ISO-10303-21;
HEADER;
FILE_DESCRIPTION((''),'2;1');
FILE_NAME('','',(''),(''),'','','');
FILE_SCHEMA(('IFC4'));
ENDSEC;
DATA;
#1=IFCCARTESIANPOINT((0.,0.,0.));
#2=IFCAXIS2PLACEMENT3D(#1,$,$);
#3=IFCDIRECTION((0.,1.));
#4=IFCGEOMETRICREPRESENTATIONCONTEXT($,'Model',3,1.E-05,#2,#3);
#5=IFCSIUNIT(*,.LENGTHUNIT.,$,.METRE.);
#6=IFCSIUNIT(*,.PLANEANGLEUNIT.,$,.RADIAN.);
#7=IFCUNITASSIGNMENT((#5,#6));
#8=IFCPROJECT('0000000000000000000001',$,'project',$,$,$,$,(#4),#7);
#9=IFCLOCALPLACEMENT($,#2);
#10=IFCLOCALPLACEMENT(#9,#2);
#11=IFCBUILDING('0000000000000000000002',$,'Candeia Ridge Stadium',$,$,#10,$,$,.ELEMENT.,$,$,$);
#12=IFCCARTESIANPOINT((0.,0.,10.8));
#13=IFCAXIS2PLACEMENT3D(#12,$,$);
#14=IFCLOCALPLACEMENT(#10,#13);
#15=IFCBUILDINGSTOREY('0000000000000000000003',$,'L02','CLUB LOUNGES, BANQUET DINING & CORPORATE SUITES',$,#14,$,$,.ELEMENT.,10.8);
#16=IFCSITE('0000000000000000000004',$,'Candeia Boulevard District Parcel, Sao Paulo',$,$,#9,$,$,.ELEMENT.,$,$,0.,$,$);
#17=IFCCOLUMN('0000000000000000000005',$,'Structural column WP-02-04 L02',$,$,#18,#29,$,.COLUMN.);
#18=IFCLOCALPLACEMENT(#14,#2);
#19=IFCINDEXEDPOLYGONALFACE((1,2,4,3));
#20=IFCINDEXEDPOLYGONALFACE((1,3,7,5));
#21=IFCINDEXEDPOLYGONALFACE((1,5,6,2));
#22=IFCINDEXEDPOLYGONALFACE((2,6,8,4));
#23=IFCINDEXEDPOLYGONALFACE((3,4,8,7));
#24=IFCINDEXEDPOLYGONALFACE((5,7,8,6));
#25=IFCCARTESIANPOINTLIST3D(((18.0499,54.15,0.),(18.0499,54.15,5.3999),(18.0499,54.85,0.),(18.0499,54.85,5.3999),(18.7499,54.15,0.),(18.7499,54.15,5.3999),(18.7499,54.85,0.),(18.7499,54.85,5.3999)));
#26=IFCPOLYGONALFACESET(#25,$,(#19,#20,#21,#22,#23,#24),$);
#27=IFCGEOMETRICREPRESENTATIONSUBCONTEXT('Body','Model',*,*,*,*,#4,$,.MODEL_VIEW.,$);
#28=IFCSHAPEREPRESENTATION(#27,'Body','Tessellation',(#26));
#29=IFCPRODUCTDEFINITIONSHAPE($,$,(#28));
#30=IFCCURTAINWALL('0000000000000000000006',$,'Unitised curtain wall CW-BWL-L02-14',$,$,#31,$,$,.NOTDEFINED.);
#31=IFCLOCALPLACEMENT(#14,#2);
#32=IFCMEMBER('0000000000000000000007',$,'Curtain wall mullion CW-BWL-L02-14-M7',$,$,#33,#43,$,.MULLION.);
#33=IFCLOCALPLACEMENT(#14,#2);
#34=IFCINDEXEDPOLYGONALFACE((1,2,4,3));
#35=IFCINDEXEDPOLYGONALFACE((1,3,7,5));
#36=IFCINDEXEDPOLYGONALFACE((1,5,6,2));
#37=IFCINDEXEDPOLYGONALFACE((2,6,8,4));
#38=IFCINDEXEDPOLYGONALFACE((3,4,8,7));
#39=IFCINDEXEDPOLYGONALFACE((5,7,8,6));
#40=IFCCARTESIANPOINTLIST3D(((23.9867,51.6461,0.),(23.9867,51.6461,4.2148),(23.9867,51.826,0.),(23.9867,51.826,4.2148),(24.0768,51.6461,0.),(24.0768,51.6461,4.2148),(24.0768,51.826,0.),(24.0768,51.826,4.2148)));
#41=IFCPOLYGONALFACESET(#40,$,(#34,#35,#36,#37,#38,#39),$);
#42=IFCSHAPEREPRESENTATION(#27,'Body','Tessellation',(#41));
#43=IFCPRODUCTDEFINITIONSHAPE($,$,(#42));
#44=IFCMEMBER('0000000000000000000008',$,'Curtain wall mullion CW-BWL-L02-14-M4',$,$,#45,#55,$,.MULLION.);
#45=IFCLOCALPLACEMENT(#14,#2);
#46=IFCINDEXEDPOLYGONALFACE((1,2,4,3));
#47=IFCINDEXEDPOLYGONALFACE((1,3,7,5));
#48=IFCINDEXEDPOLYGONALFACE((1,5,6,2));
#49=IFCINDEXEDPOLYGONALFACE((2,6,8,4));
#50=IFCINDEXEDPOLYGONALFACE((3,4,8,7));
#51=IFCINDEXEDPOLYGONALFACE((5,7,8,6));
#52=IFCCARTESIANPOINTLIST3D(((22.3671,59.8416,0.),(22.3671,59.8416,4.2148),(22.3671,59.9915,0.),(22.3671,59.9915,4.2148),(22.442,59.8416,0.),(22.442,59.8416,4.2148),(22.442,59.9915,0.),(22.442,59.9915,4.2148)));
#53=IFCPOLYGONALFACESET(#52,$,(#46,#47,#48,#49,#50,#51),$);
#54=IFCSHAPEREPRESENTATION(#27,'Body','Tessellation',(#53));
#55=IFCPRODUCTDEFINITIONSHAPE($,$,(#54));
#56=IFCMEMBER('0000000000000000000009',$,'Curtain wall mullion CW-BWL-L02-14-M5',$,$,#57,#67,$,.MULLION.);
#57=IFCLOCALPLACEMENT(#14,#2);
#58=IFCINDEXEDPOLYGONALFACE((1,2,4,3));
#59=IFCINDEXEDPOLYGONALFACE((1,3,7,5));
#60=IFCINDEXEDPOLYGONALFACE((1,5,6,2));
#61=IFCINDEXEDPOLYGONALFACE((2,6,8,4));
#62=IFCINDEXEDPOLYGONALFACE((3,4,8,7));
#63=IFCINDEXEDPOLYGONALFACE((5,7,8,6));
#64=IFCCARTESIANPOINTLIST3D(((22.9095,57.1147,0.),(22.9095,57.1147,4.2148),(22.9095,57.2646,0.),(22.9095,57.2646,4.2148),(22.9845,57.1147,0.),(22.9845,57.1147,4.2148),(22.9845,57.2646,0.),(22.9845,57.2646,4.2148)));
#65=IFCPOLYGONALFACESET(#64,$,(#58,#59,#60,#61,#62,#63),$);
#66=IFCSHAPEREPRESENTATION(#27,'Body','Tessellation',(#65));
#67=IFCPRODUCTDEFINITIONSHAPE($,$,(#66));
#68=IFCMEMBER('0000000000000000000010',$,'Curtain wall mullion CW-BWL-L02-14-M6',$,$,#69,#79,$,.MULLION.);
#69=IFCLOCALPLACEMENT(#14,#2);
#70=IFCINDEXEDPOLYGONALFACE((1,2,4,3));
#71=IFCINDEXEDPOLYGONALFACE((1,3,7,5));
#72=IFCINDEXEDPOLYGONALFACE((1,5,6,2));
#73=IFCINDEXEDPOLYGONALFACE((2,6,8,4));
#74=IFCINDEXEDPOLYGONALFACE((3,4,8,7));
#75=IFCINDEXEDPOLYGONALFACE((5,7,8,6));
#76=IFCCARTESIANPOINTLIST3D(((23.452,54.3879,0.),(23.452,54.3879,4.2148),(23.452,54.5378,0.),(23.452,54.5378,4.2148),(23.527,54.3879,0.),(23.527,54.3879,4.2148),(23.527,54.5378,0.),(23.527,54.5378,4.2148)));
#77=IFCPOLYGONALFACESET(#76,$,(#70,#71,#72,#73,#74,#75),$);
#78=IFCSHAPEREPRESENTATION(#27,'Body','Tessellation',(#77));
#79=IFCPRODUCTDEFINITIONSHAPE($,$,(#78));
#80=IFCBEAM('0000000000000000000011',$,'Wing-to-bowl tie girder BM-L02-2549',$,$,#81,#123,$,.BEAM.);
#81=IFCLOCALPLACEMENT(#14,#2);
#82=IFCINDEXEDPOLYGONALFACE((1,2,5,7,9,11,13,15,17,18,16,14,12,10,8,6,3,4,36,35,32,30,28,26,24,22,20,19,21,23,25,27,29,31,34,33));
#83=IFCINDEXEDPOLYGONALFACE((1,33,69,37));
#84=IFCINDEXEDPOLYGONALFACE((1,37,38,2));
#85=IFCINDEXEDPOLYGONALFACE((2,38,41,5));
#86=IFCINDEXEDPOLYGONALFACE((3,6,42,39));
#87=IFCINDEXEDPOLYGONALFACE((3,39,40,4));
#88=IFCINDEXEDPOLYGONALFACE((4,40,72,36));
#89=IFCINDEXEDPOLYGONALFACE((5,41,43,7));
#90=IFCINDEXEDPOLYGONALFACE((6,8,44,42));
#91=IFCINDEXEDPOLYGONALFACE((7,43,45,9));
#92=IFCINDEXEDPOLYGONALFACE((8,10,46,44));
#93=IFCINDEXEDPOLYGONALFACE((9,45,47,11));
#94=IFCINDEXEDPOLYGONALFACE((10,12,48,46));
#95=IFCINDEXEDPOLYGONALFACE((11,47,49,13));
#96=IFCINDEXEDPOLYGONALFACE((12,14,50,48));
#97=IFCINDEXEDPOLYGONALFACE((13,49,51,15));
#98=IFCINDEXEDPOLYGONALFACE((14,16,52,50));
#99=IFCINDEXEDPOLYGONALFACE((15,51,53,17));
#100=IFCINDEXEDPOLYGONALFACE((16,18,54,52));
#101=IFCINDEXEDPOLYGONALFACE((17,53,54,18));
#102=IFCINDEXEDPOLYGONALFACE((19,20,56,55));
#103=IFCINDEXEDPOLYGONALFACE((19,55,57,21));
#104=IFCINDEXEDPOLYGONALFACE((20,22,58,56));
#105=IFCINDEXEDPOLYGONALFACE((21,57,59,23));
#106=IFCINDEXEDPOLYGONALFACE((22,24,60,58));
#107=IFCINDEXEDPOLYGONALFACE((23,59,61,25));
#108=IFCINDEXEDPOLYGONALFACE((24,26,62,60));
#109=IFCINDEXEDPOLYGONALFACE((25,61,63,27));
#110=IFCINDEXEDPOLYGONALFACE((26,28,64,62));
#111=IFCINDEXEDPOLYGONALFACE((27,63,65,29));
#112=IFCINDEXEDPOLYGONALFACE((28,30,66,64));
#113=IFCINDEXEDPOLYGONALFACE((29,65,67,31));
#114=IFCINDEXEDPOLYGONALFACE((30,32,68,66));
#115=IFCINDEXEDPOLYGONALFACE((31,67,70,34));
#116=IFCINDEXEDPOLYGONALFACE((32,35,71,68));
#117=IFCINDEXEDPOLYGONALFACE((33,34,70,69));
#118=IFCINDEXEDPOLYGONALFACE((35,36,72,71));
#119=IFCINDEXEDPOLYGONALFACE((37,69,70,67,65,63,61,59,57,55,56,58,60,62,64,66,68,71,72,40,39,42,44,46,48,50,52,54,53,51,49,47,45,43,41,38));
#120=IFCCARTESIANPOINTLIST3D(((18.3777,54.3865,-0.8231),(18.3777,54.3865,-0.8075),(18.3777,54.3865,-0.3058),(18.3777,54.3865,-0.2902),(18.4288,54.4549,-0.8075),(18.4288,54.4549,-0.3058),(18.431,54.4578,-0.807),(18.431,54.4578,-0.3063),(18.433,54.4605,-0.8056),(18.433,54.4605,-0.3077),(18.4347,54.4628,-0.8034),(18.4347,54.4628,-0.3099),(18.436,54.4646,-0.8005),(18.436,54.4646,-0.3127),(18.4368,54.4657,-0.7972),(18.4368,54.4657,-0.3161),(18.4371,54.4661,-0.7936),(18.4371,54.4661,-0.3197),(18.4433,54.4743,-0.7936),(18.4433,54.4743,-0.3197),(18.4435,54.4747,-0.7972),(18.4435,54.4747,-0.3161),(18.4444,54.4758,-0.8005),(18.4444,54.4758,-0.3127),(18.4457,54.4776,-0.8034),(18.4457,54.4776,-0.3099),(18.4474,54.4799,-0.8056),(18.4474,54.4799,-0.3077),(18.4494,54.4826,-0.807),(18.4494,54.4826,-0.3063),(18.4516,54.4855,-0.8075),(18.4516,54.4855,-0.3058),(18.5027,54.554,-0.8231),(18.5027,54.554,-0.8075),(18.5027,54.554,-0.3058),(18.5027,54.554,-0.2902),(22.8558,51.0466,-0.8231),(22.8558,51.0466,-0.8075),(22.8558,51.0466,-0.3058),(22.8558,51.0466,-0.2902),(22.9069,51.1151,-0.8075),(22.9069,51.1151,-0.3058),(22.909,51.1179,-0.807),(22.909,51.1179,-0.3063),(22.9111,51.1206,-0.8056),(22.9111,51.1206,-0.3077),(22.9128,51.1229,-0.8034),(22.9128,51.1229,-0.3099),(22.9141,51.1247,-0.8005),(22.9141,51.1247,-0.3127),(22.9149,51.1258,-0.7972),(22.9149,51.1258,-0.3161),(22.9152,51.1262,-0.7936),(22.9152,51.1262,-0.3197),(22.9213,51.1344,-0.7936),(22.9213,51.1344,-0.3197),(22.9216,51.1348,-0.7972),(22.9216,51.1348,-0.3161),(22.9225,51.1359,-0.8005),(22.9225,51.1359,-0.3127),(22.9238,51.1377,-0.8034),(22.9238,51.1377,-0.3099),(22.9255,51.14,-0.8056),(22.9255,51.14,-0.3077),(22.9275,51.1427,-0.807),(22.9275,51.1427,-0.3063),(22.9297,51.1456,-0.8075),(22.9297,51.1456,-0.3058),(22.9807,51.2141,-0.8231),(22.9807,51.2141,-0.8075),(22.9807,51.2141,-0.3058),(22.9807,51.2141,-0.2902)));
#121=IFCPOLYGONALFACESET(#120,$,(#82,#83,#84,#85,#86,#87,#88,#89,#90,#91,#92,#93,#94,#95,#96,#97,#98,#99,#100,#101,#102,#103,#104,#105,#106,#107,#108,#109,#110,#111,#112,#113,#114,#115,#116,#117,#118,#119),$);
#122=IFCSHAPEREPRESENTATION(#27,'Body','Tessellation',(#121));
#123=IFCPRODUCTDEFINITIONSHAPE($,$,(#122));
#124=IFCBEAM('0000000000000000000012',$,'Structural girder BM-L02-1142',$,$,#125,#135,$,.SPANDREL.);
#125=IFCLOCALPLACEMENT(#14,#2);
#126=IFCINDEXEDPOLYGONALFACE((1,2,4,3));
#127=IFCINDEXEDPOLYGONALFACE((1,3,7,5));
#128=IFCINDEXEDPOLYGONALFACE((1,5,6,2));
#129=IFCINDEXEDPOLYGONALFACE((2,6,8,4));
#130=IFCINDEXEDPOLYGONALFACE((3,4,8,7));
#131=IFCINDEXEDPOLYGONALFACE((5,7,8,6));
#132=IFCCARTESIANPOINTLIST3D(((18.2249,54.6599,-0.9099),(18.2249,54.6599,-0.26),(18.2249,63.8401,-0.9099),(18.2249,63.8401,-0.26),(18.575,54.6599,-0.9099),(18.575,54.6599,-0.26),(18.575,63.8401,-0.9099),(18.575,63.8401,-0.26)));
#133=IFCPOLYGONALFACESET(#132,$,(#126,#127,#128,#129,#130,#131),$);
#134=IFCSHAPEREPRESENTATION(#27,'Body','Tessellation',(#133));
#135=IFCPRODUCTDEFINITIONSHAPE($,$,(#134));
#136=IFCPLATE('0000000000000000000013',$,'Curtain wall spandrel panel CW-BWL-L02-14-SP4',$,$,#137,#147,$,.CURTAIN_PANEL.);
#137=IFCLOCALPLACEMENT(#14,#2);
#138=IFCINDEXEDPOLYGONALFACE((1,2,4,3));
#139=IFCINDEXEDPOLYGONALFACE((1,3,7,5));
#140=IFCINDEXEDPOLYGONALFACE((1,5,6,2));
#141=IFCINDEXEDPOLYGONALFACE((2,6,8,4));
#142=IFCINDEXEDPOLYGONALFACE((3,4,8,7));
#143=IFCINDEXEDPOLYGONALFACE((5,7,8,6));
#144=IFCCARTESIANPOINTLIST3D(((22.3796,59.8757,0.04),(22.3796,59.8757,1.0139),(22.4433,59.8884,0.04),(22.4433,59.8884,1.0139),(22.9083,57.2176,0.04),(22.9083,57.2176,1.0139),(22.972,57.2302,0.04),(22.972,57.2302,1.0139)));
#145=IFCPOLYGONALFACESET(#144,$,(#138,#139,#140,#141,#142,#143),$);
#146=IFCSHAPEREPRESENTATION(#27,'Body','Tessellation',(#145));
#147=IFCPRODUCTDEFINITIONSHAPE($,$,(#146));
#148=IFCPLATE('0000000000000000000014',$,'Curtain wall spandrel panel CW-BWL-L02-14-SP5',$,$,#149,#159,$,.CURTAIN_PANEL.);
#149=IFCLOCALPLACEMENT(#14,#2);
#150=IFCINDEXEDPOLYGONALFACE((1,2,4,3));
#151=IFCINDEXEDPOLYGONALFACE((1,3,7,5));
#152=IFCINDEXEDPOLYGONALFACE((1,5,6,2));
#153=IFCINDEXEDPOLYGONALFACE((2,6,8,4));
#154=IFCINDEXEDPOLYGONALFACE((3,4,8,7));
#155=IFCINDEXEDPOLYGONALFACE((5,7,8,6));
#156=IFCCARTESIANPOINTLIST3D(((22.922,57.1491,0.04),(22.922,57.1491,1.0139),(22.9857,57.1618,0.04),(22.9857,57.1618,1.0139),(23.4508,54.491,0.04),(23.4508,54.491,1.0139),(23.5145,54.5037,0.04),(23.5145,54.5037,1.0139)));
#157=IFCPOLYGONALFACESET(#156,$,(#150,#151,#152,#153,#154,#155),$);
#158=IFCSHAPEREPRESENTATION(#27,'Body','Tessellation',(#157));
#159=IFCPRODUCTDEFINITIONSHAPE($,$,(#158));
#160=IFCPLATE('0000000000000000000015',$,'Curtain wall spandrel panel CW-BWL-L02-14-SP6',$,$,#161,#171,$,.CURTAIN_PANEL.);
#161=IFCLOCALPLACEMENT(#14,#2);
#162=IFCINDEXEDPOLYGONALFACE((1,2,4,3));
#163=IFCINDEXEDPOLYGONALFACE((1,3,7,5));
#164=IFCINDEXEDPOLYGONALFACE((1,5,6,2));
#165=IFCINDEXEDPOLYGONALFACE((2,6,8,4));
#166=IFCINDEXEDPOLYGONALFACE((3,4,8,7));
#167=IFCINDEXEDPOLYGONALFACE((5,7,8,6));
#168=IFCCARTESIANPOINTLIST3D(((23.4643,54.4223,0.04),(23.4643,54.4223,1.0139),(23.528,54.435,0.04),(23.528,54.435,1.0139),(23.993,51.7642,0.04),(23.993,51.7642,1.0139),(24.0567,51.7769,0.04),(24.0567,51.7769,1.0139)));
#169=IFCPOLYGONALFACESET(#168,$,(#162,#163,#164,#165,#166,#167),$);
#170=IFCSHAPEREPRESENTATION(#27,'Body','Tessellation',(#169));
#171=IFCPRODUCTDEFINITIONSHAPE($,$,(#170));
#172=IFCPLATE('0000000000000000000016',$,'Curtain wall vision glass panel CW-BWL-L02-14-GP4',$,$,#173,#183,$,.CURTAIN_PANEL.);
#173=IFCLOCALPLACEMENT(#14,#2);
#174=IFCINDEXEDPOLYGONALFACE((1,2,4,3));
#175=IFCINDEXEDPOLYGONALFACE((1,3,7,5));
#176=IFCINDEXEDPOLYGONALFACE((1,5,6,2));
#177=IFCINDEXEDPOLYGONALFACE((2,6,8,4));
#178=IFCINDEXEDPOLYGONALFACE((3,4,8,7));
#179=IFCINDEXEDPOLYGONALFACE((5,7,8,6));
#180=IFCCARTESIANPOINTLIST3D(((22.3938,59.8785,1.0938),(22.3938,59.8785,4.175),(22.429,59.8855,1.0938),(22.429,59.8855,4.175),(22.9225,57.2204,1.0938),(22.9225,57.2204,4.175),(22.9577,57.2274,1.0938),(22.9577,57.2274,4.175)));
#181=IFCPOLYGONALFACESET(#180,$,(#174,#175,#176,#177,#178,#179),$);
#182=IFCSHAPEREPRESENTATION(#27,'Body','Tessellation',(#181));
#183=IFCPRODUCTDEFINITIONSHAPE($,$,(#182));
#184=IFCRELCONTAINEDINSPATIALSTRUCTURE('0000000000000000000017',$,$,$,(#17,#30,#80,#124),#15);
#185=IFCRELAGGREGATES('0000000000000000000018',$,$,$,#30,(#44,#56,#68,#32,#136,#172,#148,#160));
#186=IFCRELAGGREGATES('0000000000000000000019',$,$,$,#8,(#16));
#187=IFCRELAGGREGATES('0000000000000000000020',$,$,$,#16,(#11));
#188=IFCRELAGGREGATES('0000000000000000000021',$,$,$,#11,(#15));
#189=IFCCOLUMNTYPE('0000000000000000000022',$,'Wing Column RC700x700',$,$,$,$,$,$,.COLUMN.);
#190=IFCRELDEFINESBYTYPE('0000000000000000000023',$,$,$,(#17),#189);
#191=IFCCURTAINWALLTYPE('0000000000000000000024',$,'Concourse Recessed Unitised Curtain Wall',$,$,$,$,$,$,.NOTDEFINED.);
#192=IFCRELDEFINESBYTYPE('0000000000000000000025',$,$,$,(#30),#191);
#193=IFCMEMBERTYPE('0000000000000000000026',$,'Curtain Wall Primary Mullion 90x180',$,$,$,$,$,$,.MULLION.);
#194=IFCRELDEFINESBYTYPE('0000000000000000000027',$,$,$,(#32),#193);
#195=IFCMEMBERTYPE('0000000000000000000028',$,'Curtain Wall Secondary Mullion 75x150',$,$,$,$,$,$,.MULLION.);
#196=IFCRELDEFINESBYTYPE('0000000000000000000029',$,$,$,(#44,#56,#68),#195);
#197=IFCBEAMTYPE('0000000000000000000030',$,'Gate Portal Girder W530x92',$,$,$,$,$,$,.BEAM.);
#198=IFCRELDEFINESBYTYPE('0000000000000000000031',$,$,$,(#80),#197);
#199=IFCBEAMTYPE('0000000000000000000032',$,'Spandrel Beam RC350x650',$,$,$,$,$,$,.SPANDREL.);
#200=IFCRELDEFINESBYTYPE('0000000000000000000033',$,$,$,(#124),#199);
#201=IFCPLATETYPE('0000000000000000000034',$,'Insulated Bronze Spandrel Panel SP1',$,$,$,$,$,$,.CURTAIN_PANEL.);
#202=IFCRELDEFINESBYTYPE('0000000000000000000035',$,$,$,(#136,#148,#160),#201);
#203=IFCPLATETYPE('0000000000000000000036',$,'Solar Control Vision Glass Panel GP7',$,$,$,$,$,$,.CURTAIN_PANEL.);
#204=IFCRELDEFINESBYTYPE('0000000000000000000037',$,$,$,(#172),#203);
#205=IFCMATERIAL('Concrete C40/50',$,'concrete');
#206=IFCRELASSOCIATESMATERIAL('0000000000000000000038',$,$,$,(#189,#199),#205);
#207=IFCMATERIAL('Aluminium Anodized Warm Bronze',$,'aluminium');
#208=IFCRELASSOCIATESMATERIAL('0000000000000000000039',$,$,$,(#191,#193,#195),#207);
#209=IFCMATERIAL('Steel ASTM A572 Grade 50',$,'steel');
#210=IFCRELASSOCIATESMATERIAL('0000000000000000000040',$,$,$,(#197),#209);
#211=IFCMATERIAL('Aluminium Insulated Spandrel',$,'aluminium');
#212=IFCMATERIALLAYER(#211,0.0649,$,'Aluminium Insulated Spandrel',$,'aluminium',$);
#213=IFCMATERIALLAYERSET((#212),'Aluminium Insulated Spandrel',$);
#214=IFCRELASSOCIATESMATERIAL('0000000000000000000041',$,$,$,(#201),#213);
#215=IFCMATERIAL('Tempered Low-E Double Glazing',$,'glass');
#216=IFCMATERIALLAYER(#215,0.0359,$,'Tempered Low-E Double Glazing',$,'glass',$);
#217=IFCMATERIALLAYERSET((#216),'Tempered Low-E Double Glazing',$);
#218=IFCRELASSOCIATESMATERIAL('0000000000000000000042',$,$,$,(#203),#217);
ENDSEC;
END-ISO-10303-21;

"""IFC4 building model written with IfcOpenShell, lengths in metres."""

from ifc_helpers import new_model, si_unit, direction, frame, origin, origin_2d, place, context, subcontext, project, spatial, rectangle, i_section, extrude, material, layer, layer_set, material_profile, profile_set, type_object, element, aggregate, save


model = new_model("IFC4")

# Units and contexts
model_context = context("Model", 3, precision=1e-05, world=origin(), true_north=direction((0.0, 1.0)))
body_context = subcontext(model_context, "Body", "Model", "MODEL_VIEW")
ifc_project = project(units=[si_unit("LENGTHUNIT", "METRE"), si_unit("PLANEANGLEUNIT", "RADIAN")], contexts=[model_context])

# Site, building, storey
site_placement = place(None, origin())
site = spatial("IfcSite", under=ifc_project, at=site_placement, Name="Candeia Boulevard District Parcel, Sao Paulo", CompositionType="ELEMENT", RefElevation=0.0)
building_placement = place(site_placement, origin())
building = spatial("IfcBuilding", under=site, at=building_placement, Name="Candeia Ridge Stadium", CompositionType="ELEMENT")
storey_placement = place(building_placement, frame((0.0, 0.0, 10.8)))
storey = spatial("IfcBuildingStorey", under=building, at=storey_placement, Name="L02", Description="CLUB LOUNGES, BANQUET DINING & CORPORATE SUITES", CompositionType="ELEMENT", Elevation=10.8)

# Column
ifc_material_1 = material(Name="Concrete C40/50", Category="concrete")
ifc_material_profile_1 = material_profile(ifc_material_1, rectangle(XDim=0.7, YDim=0.7, at=origin_2d()), Name="RC700x700", Category="concrete")
ifc_profile_set_1 = profile_set([ifc_material_profile_1], Name="Concrete C40/50")
column_type = type_object("IfcColumnType", Name="Wing Column RC700x700", PredefinedType="COLUMN", material=ifc_profile_set_1)
column_placement = place(storey_placement, frame((18.3999, 54.5, 0.0), z_axis=(0.0, 0.0, 1.0), x_axis=(1.0, 0.0, 0.0)))
element("IfcColumn", 1, at=column_placement, inside=storey, type_object=column_type, Name="Structural column WP-02-04 L02", PredefinedType="COLUMN", context=body_context, shape_type="SweptSolid", body=[
    extrude(rectangle(XDim=0.7, YDim=0.7, at=origin_2d()), origin(), (0.0, 0.0, 1.0), 5.3999),
])

# Curtain wall, members
ifc_material_2 = material(Name="Aluminium Anodized Warm Bronze", Category="aluminium")
curtain_wall_type = type_object("IfcCurtainWallType", Name="Concourse Recessed Unitised Curtain Wall", PredefinedType="NOTDEFINED", material=ifc_material_2)
curtain_wall_placement = place(storey_placement, origin())
curtain_wall = element("IfcCurtainWall", 2, at=curtain_wall_placement, inside=storey, type_object=curtain_wall_type, Name="Unitised curtain wall CW-BWL-L02-14", PredefinedType="NOTDEFINED")
ifc_material_profile_2 = material_profile(ifc_material_2, rectangle(XDim=0.0901, YDim=0.1799, at=origin_2d()), Name="CWM-90x180", Category="aluminium")
ifc_profile_set_2 = profile_set([ifc_material_profile_2], Name="Aluminium Anodized Warm Bronze")
member_type_1 = type_object("IfcMemberType", Name="Curtain Wall Primary Mullion 90x180", PredefinedType="MULLION", material=ifc_profile_set_2)
member_1_placement = place(storey_placement, frame((24.0317, 51.7361, 0.0), z_axis=(0.0, 0.0, 1.0), x_axis=(1.0, 0.0, 0.0)))
member_1 = element("IfcMember", 3, at=member_1_placement, type_object=member_type_1, Name="Curtain wall mullion CW-BWL-L02-14-M7", PredefinedType="MULLION", context=body_context, shape_type="SweptSolid", body=[
    extrude(rectangle(XDim=0.0901, YDim=0.1799, at=origin_2d()), origin(), (0.0, 0.0, 1.0), 4.2148),
])
ifc_material_profile_3 = material_profile(ifc_material_2, rectangle(XDim=0.075, YDim=0.1499, at=origin_2d()), Name="CWM-75x150", Category="aluminium")
ifc_profile_set_3 = profile_set([ifc_material_profile_3], Name="Aluminium Anodized Warm Bronze")
member_type_2 = type_object("IfcMemberType", Name="Curtain Wall Secondary Mullion 75x150", PredefinedType="MULLION", material=ifc_profile_set_3)
member_2_placement = place(storey_placement, frame((22.4045, 59.9165, 0.0), z_axis=(0.0, 0.0, 1.0), x_axis=(1.0, 0.0, 0.0)))
member_2 = element("IfcMember", 4, at=member_2_placement, type_object=member_type_2, Name="Curtain wall mullion CW-BWL-L02-14-M4", PredefinedType="MULLION", context=body_context, shape_type="SweptSolid", body=[
    extrude(rectangle(XDim=0.075, YDim=0.1499, at=origin_2d()), origin(), (0.0, 0.0, 1.0), 4.2148),
])
member_3_placement = place(storey_placement, frame((22.947, 57.1897, 0.0), z_axis=(0.0, 0.0, 1.0), x_axis=(1.0, 0.0, 0.0)))
member_3 = element("IfcMember", 5, at=member_3_placement, type_object=member_type_2, Name="Curtain wall mullion CW-BWL-L02-14-M5", PredefinedType="MULLION", context=body_context, shape_type="SweptSolid", body=[
    extrude(rectangle(XDim=0.075, YDim=0.1499, at=origin_2d()), origin(), (0.0, 0.0, 1.0), 4.2148),
])
member_4_placement = place(storey_placement, frame((23.4895, 54.4629, 0.0), z_axis=(0.0, 0.0, 1.0), x_axis=(1.0, 0.0, 0.0)))
member_4 = element("IfcMember", 6, at=member_4_placement, type_object=member_type_2, Name="Curtain wall mullion CW-BWL-L02-14-M6", PredefinedType="MULLION", context=body_context, shape_type="SweptSolid", body=[
    extrude(rectangle(XDim=0.075, YDim=0.1499, at=origin_2d()), origin(), (0.0, 0.0, 1.0), 4.2148),
])

# Beams
ifc_material_3 = material(Name="Steel ASTM A572 Grade 50", Category="steel")
ifc_material_profile_4 = material_profile(ifc_material_3, i_section(OverallWidth=0.209, OverallDepth=0.533, WebThickness=0.0103, FlangeThickness=0.0156, FilletRadius=0.0139, at=origin_2d()), Name="W530x92", Category="steel")
ifc_profile_set_4 = profile_set([ifc_material_profile_4], Name="Steel ASTM A572 Grade 50")
beam_type_1 = type_object("IfcBeamType", Name="Gate Portal Girder W530x92", PredefinedType="BEAM", material=ifc_profile_set_4)
beam_1_placement = place(storey_placement, frame((18.4402, 54.4702, -0.5566), z_axis=(0.801602, -0.597858, 0.0), x_axis=(0.597858, 0.801602, 0.0)))
element("IfcBeam", 7, at=beam_1_placement, inside=storey, type_object=beam_type_1, Name="Wing-to-bowl tie girder BM-L02-2549", PredefinedType="BEAM", context=body_context, shape_type="SweptSolid", body=[
    extrude(i_section(OverallWidth=0.209, OverallDepth=0.533, WebThickness=0.0103, FlangeThickness=0.0156, FilletRadius=0.0139, at=origin_2d()), origin(), (0.0, 0.0, 1.0), 5.5864),
])
ifc_material_profile_5 = material_profile(ifc_material_1, rectangle(XDim=0.3501, YDim=0.6499, at=origin_2d()), Name="RC350x650", Category="concrete")
ifc_profile_set_5 = profile_set([ifc_material_profile_5], Name="Concrete C40/50")
beam_type_2 = type_object("IfcBeamType", Name="Spandrel Beam RC350x650", PredefinedType="SPANDREL", material=ifc_profile_set_5)
beam_2_placement = place(storey_placement, frame((18.3999, 54.6599, -0.585), z_axis=(0.0, 1.0, 0.0), x_axis=(-1.0, 0.0, 0.0)))
element("IfcBeam", 8, at=beam_2_placement, inside=storey, type_object=beam_type_2, Name="Structural girder BM-L02-1142", PredefinedType="SPANDREL", context=body_context, shape_type="SweptSolid", body=[
    extrude(rectangle(XDim=0.3501, YDim=0.6499, at=origin_2d()), origin(), (0.0, 0.0, 1.0), 9.1802),
])

# Plates
ifc_material_4 = material(Name="Aluminium Insulated Spandrel", Category="aluminium")
ifc_layer_1 = layer(ifc_material_4, 0.0649, Name="Aluminium Insulated Spandrel", Category="aluminium")
ifc_layer_set_1 = layer_set([ifc_layer_1], Name="Aluminium Insulated Spandrel")
plate_type_1 = type_object("IfcPlateType", Name="Insulated Bronze Spandrel Panel SP1", PredefinedType="CURTAIN_PANEL", material=ifc_layer_set_1)
plate_1_placement = place(storey_placement, frame((22.6758, 58.553, 0.04), z_axis=(0.0, 0.0, 1.0), x_axis=(0.19509, -0.980785, 0.0)))
plate_1 = element("IfcPlate", 9, at=plate_1_placement, type_object=plate_type_1, Name="Curtain wall spandrel panel CW-BWL-L02-14-SP4", PredefinedType="CURTAIN_PANEL", context=body_context, shape_type="SweptSolid", body=[
    extrude(rectangle(XDim=2.7102, YDim=0.0649, at=origin_2d()), origin(), (0.0, 0.0, 1.0), 0.9739),
])
plate_2_placement = place(storey_placement, frame((23.2183, 55.8264, 0.04), z_axis=(0.0, 0.0, 1.0), x_axis=(0.19509, -0.980785, 0.0)))
plate_2 = element("IfcPlate", 10, at=plate_2_placement, type_object=plate_type_1, Name="Curtain wall spandrel panel CW-BWL-L02-14-SP5", PredefinedType="CURTAIN_PANEL", context=body_context, shape_type="SweptSolid", body=[
    extrude(rectangle(XDim=2.7102, YDim=0.0649, at=origin_2d()), origin(), (0.0, 0.0, 1.0), 0.9739),
])
plate_3_placement = place(storey_placement, frame((23.7605, 53.0996, 0.04), z_axis=(0.0, 0.0, 1.0), x_axis=(0.19509, -0.980785, 0.0)))
plate_3 = element("IfcPlate", 11, at=plate_3_placement, type_object=plate_type_1, Name="Curtain wall spandrel panel CW-BWL-L02-14-SP6", PredefinedType="CURTAIN_PANEL", context=body_context, shape_type="SweptSolid", body=[
    extrude(rectangle(XDim=2.7102, YDim=0.0649, at=origin_2d()), origin(), (0.0, 0.0, 1.0), 0.9739),
])
ifc_material_5 = material(Name="Tempered Low-E Double Glazing", Category="glass")
ifc_layer_2 = layer(ifc_material_5, 0.0359, Name="Tempered Low-E Double Glazing", Category="glass")
ifc_layer_set_2 = layer_set([ifc_layer_2], Name="Tempered Low-E Double Glazing")
plate_type_2 = type_object("IfcPlateType", Name="Solar Control Vision Glass Panel GP7", PredefinedType="CURTAIN_PANEL", material=ifc_layer_set_2)
plate_4_placement = place(storey_placement, frame((22.6758, 58.553, 1.0938), z_axis=(0.0, 0.0, 1.0), x_axis=(0.19509, -0.980785, 0.0)))
plate_4 = element("IfcPlate", 12, at=plate_4_placement, type_object=plate_type_2, Name="Curtain wall vision glass panel CW-BWL-L02-14-GP4", PredefinedType="CURTAIN_PANEL", context=body_context, shape_type="SweptSolid", body=[
    extrude(rectangle(XDim=2.7102, YDim=0.0359, at=origin_2d()), origin(), (0.0, 0.0, 1.0), 3.0813),
])
aggregate(curtain_wall, [member_2, member_3, member_4, member_1, plate_1, plate_4, plate_2, plate_3])

save(model, "model.ifc")
